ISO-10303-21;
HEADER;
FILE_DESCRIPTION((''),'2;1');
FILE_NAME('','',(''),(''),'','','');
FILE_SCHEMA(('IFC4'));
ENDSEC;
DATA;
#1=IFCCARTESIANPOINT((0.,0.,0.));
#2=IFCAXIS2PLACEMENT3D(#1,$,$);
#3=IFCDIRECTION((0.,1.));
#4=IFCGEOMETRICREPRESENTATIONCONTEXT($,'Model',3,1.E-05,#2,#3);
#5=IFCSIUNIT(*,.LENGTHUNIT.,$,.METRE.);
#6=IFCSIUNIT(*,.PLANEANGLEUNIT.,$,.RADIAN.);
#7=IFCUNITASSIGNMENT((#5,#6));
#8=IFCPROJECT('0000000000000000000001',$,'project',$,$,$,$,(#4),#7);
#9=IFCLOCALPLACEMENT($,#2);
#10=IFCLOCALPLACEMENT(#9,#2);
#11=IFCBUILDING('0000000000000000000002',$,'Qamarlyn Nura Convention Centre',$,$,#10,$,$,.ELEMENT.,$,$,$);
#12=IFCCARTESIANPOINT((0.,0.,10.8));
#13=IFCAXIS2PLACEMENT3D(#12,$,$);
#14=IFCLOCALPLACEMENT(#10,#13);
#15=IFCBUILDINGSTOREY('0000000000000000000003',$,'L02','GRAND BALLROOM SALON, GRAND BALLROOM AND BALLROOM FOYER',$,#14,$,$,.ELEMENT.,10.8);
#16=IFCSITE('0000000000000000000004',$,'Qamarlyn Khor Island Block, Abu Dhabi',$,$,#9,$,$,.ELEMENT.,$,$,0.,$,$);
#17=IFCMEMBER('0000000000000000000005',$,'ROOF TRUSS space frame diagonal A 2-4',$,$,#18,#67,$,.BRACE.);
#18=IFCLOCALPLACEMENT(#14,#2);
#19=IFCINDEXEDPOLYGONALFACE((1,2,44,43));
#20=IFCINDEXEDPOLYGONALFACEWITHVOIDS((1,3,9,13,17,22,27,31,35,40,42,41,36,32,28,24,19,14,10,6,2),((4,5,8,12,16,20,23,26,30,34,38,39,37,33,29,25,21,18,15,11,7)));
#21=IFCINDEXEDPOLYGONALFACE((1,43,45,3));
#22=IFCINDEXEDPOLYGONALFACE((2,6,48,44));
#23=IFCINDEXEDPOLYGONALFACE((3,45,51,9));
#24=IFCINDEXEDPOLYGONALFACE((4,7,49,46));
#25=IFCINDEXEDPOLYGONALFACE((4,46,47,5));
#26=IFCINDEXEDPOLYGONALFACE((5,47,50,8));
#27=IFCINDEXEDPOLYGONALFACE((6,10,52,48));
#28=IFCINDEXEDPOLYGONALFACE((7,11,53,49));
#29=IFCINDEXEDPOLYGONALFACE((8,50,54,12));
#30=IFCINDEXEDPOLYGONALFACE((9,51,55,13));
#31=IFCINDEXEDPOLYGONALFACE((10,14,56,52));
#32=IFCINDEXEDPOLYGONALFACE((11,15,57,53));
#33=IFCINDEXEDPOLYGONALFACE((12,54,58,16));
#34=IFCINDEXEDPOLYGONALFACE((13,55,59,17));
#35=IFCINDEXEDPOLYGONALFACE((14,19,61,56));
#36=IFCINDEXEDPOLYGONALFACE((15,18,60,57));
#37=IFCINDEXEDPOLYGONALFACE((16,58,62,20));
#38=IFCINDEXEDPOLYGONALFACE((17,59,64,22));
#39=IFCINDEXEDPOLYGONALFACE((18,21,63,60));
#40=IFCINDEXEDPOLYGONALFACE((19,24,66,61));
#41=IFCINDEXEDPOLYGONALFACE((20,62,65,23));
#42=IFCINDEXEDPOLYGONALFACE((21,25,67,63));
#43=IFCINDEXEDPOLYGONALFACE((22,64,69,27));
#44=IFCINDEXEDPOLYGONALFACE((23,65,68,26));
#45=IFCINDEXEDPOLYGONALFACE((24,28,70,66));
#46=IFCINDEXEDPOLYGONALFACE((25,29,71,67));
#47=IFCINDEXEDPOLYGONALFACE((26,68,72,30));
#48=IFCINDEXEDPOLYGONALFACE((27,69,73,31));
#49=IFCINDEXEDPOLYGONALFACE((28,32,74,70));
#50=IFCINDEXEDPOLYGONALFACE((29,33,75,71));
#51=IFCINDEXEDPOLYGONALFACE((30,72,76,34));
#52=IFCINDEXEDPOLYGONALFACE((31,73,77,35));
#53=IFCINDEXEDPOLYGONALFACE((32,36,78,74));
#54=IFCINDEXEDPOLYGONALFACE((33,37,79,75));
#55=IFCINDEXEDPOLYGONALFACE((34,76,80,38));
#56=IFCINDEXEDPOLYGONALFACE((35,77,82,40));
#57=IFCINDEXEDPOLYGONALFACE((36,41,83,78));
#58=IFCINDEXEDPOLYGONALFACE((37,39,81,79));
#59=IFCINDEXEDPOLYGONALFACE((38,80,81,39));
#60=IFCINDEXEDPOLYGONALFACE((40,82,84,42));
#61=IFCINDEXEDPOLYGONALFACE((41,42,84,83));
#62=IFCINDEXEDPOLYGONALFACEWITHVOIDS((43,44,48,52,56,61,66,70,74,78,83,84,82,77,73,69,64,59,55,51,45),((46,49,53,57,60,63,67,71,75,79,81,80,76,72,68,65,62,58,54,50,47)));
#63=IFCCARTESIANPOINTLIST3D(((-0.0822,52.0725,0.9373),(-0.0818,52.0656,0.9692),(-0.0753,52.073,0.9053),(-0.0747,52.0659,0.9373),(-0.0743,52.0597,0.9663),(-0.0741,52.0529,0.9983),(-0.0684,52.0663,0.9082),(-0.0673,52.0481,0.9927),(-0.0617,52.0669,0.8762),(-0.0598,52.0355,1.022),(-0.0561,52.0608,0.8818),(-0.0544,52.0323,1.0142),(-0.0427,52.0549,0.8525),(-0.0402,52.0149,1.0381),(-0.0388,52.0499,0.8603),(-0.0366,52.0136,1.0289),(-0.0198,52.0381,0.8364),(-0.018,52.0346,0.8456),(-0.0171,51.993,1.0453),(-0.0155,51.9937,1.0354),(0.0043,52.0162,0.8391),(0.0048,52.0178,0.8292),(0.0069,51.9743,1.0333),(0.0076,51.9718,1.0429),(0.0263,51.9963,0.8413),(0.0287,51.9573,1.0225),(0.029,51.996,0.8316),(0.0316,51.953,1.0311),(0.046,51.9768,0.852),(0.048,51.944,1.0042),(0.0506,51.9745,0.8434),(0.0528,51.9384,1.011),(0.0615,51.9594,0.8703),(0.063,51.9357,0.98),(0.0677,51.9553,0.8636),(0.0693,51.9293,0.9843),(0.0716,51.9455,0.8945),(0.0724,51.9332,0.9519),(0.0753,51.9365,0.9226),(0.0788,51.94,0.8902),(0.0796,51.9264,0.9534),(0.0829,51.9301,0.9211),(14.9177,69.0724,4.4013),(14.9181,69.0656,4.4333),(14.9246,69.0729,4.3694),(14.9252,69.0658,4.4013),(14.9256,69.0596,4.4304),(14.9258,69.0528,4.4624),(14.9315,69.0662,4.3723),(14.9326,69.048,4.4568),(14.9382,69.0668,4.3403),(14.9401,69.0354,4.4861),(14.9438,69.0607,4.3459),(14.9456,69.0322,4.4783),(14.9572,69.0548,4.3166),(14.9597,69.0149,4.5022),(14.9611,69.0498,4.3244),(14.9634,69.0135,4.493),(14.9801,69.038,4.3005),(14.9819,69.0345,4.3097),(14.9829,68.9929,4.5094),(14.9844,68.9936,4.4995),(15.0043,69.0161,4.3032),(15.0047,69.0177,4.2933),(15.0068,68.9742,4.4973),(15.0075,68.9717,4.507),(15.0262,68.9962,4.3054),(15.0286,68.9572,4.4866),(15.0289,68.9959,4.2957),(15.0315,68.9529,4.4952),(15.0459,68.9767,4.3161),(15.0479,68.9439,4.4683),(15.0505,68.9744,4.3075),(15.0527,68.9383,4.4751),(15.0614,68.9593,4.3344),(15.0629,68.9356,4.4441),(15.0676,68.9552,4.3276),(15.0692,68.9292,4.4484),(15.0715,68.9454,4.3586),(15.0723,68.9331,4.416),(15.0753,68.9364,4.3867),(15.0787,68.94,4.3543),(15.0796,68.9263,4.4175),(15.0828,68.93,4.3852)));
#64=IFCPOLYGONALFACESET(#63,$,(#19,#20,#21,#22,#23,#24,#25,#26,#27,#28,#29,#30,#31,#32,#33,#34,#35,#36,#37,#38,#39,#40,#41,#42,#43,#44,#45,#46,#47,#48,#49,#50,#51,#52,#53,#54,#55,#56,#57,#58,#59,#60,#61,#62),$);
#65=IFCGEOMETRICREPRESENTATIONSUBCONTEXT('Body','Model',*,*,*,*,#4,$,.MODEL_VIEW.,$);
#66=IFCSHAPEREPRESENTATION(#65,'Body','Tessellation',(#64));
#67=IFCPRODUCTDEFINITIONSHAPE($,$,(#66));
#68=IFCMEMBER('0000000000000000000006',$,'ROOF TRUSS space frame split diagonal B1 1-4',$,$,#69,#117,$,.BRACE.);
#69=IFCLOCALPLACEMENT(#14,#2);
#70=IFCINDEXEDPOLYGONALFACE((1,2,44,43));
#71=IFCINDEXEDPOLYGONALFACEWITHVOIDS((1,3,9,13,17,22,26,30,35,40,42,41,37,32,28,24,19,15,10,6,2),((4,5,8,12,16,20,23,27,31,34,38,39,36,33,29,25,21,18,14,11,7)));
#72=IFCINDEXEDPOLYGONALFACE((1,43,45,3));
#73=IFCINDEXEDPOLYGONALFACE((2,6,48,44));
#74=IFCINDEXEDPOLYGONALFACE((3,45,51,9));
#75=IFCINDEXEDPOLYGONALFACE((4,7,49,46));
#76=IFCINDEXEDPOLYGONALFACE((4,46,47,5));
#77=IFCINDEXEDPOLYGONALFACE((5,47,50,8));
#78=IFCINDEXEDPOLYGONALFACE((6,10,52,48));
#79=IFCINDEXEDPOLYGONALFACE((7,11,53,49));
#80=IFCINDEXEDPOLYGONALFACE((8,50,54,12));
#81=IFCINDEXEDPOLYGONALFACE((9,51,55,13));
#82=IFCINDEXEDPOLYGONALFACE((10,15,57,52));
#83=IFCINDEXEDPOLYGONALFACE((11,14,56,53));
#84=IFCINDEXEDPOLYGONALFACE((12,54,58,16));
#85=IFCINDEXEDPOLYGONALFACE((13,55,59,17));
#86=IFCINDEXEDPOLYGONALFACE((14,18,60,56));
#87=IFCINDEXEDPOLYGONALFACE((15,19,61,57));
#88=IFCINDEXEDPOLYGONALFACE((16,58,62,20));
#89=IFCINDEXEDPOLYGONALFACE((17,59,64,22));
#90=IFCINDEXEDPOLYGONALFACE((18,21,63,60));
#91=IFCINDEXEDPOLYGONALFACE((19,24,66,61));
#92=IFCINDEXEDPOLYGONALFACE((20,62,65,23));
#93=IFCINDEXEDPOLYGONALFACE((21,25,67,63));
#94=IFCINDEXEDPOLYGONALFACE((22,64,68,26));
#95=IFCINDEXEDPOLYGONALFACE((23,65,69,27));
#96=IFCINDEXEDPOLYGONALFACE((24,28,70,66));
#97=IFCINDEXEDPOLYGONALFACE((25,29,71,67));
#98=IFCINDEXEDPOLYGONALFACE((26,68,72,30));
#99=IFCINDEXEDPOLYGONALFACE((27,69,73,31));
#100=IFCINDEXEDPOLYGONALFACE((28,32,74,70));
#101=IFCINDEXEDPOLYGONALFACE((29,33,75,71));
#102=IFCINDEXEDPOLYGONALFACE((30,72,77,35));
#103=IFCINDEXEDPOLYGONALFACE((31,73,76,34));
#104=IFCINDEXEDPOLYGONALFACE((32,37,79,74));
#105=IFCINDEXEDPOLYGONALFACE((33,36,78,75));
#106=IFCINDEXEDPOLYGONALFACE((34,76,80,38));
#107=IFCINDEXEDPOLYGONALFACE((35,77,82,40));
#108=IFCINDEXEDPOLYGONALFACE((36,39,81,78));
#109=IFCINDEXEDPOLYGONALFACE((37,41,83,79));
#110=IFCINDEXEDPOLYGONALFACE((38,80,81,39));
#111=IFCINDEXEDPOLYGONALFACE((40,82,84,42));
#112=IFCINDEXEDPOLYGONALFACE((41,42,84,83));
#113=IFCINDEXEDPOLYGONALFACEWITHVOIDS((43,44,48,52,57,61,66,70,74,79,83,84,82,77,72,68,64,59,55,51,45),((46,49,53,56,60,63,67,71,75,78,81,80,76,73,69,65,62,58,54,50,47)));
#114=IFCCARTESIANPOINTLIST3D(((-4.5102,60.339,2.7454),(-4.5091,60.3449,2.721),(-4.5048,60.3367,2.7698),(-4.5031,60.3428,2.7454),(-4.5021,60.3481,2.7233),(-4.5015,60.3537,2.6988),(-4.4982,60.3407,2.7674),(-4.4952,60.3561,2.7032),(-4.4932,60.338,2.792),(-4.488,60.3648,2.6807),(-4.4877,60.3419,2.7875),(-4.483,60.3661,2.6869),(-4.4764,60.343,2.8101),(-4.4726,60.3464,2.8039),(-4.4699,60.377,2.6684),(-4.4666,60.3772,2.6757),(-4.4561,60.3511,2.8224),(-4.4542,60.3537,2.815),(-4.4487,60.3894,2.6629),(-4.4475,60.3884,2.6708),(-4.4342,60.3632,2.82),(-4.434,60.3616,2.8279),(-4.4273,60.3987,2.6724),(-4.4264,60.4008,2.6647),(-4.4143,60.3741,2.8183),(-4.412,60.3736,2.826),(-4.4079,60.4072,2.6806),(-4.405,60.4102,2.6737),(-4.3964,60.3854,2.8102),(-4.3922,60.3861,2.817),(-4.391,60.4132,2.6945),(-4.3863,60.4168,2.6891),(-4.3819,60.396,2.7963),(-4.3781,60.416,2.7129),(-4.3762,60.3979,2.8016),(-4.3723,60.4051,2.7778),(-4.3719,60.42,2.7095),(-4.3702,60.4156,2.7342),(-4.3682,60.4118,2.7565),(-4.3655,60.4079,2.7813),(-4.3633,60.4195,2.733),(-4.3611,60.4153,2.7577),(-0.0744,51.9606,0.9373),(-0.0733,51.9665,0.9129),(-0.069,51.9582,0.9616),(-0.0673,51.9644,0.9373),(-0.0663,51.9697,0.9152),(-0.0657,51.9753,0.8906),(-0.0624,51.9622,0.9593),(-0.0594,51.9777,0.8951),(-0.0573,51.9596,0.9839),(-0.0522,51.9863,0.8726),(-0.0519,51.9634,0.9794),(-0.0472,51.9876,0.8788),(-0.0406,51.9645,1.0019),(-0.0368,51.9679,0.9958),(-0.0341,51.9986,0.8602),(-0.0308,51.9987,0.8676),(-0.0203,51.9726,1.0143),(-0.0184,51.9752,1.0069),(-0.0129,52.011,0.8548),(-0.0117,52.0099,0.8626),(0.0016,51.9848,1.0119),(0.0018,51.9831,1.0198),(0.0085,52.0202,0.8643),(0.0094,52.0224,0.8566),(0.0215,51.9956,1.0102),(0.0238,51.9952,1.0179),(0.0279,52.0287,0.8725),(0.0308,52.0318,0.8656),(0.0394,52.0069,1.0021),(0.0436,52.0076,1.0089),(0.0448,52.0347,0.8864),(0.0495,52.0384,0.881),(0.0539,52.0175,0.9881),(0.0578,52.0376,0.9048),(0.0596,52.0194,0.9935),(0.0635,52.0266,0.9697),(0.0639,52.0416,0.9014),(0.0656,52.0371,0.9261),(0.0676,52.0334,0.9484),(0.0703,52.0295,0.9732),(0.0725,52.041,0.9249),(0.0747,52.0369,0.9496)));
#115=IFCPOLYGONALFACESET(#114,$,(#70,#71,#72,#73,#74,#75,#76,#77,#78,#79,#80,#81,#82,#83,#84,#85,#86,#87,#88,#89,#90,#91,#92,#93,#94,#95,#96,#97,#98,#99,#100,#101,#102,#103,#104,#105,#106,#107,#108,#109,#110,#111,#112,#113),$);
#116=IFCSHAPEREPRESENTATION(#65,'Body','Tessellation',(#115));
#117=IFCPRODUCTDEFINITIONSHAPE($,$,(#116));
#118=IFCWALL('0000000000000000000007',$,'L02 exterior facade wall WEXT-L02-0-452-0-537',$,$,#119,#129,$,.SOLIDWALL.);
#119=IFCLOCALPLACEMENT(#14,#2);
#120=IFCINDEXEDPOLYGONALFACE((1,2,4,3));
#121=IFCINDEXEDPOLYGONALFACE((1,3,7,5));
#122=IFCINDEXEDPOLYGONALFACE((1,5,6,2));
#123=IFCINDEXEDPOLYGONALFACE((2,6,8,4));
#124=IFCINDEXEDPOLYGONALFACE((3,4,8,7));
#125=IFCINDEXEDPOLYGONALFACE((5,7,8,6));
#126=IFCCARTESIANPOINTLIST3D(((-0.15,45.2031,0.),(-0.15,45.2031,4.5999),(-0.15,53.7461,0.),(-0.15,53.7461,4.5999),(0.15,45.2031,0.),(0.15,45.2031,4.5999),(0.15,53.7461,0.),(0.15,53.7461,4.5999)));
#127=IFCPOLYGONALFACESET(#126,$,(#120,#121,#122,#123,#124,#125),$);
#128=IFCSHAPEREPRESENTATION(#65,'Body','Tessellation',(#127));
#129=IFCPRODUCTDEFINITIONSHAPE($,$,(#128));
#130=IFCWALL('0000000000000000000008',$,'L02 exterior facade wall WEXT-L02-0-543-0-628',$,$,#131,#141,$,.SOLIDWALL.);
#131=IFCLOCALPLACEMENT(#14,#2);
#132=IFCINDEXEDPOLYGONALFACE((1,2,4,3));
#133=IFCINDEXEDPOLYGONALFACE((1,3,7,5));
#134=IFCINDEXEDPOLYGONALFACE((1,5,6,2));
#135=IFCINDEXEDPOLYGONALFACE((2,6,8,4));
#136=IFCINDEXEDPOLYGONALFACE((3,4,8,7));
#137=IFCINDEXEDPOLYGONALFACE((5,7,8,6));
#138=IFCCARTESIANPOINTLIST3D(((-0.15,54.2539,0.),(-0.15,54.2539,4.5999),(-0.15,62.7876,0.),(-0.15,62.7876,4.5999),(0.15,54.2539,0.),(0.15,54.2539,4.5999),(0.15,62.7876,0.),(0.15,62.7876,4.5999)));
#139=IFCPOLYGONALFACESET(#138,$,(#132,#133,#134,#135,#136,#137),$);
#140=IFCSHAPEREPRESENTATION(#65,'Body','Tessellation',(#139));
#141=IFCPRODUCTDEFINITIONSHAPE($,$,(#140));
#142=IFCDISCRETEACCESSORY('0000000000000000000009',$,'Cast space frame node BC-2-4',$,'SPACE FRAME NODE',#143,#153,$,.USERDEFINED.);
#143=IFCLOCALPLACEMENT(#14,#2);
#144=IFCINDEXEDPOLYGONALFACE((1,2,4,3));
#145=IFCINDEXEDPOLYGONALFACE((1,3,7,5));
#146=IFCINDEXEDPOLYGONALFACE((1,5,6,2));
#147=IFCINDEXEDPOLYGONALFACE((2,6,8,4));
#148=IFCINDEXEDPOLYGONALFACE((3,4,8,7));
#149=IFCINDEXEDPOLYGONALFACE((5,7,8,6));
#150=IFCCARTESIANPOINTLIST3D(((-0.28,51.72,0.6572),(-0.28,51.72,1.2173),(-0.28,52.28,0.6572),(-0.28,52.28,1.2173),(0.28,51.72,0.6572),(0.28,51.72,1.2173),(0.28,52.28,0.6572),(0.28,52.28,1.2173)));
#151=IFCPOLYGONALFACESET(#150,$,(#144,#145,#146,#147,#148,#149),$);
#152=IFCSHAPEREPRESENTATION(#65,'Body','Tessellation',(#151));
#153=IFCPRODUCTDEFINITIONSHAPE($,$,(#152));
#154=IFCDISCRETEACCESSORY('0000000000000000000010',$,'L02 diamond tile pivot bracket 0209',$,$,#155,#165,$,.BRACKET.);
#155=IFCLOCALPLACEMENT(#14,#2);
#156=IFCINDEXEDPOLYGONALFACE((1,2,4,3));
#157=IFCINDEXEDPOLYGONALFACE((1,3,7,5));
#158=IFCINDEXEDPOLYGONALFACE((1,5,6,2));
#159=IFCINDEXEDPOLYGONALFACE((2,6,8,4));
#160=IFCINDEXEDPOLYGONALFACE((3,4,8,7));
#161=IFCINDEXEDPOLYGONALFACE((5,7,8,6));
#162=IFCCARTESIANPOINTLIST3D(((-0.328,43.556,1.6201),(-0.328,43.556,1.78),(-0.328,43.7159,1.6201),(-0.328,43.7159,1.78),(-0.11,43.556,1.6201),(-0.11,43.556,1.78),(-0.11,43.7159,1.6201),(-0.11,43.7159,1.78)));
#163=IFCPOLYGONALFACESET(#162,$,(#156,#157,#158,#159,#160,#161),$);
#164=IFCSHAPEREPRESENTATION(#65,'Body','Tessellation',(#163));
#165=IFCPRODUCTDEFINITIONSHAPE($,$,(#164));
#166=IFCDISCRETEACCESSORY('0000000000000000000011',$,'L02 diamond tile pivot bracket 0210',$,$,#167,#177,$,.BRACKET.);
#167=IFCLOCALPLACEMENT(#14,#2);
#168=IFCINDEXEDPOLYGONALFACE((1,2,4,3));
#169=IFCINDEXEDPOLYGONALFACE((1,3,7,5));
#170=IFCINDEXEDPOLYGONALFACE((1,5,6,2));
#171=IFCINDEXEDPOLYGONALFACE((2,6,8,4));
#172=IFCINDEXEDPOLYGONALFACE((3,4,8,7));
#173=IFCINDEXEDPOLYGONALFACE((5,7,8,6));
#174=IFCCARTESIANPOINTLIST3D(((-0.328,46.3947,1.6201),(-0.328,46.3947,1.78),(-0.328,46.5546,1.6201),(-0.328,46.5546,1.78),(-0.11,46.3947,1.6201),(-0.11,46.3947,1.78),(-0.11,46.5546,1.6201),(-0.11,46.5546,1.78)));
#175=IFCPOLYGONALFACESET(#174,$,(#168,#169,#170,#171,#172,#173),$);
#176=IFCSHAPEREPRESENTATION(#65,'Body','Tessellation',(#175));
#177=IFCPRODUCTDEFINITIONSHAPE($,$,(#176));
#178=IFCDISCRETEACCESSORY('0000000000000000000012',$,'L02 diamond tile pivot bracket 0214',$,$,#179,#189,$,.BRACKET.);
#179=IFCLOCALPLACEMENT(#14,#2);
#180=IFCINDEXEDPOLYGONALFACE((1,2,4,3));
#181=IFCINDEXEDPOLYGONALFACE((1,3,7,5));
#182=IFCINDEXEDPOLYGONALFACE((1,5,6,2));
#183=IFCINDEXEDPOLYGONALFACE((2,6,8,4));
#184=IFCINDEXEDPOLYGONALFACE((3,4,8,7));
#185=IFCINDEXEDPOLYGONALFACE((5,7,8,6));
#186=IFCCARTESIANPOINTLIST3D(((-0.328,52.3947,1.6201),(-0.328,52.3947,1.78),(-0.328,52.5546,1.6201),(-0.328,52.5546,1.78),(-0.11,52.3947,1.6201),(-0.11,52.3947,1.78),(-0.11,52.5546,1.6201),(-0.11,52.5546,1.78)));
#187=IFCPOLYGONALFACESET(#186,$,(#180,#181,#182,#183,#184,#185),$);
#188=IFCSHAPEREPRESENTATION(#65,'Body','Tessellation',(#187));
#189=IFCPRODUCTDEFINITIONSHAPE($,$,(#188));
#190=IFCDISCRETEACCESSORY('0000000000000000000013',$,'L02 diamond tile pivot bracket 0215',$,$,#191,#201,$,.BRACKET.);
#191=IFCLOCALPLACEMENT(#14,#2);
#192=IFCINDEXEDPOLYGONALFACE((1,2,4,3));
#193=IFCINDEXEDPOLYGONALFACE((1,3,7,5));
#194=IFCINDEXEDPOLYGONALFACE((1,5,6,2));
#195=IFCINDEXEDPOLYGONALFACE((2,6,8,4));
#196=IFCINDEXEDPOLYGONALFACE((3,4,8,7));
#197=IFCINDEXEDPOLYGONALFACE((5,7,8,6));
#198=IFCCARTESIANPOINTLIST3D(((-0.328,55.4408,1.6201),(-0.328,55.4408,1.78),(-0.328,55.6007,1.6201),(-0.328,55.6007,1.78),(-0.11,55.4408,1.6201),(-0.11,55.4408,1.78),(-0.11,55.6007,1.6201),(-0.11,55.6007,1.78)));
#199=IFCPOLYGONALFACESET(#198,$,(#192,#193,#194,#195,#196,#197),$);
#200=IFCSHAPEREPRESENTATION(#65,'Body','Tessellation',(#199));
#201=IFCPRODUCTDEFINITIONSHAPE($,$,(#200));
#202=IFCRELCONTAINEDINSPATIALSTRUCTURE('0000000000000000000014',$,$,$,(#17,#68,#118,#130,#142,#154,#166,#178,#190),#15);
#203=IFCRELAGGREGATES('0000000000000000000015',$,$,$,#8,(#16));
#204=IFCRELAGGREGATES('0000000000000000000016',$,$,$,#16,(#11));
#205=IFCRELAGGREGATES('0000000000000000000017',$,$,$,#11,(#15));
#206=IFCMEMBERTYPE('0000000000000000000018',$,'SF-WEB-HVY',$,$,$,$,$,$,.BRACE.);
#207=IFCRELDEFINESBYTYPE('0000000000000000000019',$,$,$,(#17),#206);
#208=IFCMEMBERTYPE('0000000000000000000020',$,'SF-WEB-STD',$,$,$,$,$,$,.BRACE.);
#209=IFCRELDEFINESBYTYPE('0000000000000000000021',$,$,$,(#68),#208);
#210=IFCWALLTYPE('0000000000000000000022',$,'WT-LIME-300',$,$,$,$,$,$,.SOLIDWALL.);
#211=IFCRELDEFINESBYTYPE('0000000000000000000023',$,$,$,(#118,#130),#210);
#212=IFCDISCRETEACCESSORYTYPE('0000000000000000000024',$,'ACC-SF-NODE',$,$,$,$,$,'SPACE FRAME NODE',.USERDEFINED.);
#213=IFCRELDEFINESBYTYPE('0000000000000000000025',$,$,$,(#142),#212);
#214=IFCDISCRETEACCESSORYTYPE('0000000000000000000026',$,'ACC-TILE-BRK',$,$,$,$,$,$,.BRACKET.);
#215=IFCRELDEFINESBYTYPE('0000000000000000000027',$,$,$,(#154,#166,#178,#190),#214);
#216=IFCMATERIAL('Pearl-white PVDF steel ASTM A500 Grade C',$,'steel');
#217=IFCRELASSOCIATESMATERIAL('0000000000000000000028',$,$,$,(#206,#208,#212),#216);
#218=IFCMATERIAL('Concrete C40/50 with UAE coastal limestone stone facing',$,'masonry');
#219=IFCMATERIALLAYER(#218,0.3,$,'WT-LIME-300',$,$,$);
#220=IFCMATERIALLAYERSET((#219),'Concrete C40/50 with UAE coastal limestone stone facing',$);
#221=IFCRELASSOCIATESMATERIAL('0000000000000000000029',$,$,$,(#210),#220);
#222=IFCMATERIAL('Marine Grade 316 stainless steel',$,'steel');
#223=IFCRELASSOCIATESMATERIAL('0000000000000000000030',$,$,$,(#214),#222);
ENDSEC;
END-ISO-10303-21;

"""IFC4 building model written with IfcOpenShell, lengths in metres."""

from ifc_helpers import new_model, si_unit, direction, frame, frame_2d, origin, origin_2d, place, context, subcontext, project, spatial, rectangle, hollow_circle, extrude, material, layer, layer_set, material_profile, profile_set, type_object, element, save


model = new_model("IFC4")

# Units and contexts
model_context = context("Model", 3, precision=1e-05, world=origin(), true_north=direction((0.0, 1.0)))
body_context = subcontext(model_context, "Body", "Model", "MODEL_VIEW")
ifc_project = project(units=[si_unit("LENGTHUNIT", "METRE"), si_unit("PLANEANGLEUNIT", "RADIAN")], contexts=[model_context])

# Site, building, storey
site_placement = place(None, origin())
site = spatial("IfcSite", under=ifc_project, at=site_placement, Name="Qamarlyn Khor Island Block, Abu Dhabi", CompositionType="ELEMENT", RefElevation=0.0)
building_placement = place(site_placement, origin())
building = spatial("IfcBuilding", under=site, at=building_placement, Name="Qamarlyn Nura Convention Centre", CompositionType="ELEMENT")
storey_placement = place(building_placement, frame((0.0, 0.0, 10.8)))
storey = spatial("IfcBuildingStorey", under=building, at=storey_placement, Name="L02", Description="GRAND BALLROOM SALON, GRAND BALLROOM AND BALLROOM FOYER", CompositionType="ELEMENT", Elevation=10.8)

# Shared definitions
ifc_material_1 = material(Name="Pearl-white PVDF steel ASTM A500 Grade C", Category="steel")

# Members
ifc_material_profile_1 = material_profile(ifc_material_1, hollow_circle(Radius=0.1096, WallThickness=0.01, at=origin_2d()), Name="CHS219.1X10")
ifc_profile_set_1 = profile_set([ifc_material_profile_1], Name="Pearl-white PVDF steel ASTM A500 Grade C")
member_type_1 = type_object("IfcMemberType", Name="SF-WEB-HVY", PredefinedType="BRACE", material=ifc_profile_set_1)
member_1_placement = place(storey_placement, frame((0.0, 52.0, 0.9373), z_axis=(0.654031, 0.741235, 0.151042), x_axis=(-0.749838, 0.661622, 0.0)))
element("IfcMember", 1, at=member_1_placement, inside=storey, type_object=member_type_1, Name="ROOF TRUSS space frame diagonal A 2-4", PredefinedType="BRACE", context=body_context, shape_type="SweptSolid", body=[
    extrude(hollow_circle(Radius=0.1096, WallThickness=0.01, at=origin_2d()), origin(), (0.0, 0.0, 1.0), 22.9346),
])
ifc_material_profile_2 = material_profile(ifc_material_1, hollow_circle(Radius=0.0842, WallThickness=0.0081, at=origin_2d()), Name="CHS168.3X8")
ifc_profile_set_2 = profile_set([ifc_material_profile_2], Name="Pearl-white PVDF steel ASTM A500 Grade C")
member_type_2 = type_object("IfcMemberType", Name="SF-WEB-STD", PredefinedType="BRACE", material=ifc_profile_set_2)
member_2_placement = place(storey_placement, frame((0.0, 52.0, 0.9373), z_axis=(-0.459616, 0.868133, 0.187347), x_axis=(-0.883781, -0.467901, 0.0)))
element("IfcMember", 2, at=member_2_placement, inside=storey, type_object=member_type_2, Name="ROOF TRUSS space frame split diagonal B1 1-4", PredefinedType="BRACE", context=body_context, shape_type="SweptSolid", body=[
    extrude(hollow_circle(Radius=0.0842, WallThickness=0.0081, at=origin_2d()), origin(), (0.0, 0.0, 1.0), 9.6511),
])

# Walls
ifc_material_2 = material(Name="Concrete C40/50 with UAE coastal limestone stone facing", Category="masonry")
ifc_layer = layer(ifc_material_2, 0.3, Name="WT-LIME-300")
ifc_layer_set = layer_set([ifc_layer], Name="Concrete C40/50 with UAE coastal limestone stone facing")
wall_type = type_object("IfcWallType", Name="WT-LIME-300", PredefinedType="SOLIDWALL", material=ifc_layer_set)
wall_1_placement = place(storey_placement, frame((0.0, 45.2031, 0.0), z_axis=(0.0, 0.0, 1.0), x_axis=(0.0, 1.0, 0.0)))
element("IfcWall", 3, at=wall_1_placement, inside=storey, type_object=wall_type, Name="L02 exterior facade wall WEXT-L02-0-452-0-537", PredefinedType="SOLIDWALL", context=body_context, shape_type="SweptSolid", body=[
    extrude(rectangle(XDim=8.543, YDim=0.3, at=frame_2d((4.2715, 0.0))), origin(), (0.0, 0.0, 1.0), 4.5999),
])
wall_2_placement = place(storey_placement, frame((0.0, 54.2539, 0.0), z_axis=(0.0, 0.0, 1.0), x_axis=(0.0, 1.0, 0.0)))
element("IfcWall", 4, at=wall_2_placement, inside=storey, type_object=wall_type, Name="L02 exterior facade wall WEXT-L02-0-543-0-628", PredefinedType="SOLIDWALL", context=body_context, shape_type="SweptSolid", body=[
    extrude(rectangle(XDim=8.5337, YDim=0.3, at=frame_2d((4.2668, 0.0))), origin(), (0.0, 0.0, 1.0), 4.5999),
])

# Discrete accessories
discrete_accessory_type_1 = type_object("IfcDiscreteAccessoryType", Name="ACC-SF-NODE", ElementType="SPACE FRAME NODE", PredefinedType="USERDEFINED", material=ifc_material_1)
discrete_accessory_1_placement = place(storey_placement, frame((0.0, 52.0, 0.6572), z_axis=(0.0, 0.0, 1.0), x_axis=(1.0, 0.0, 0.0)))
element("IfcDiscreteAccessory", 5, at=discrete_accessory_1_placement, inside=storey, type_object=discrete_accessory_type_1, Name="Cast space frame node BC-2-4", ObjectType="SPACE FRAME NODE", PredefinedType="USERDEFINED", context=body_context, shape_type="SweptSolid", body=[
    extrude(rectangle(XDim=0.5601, YDim=0.5601, at=origin_2d()), origin(), (0.0, 0.0, 1.0), 0.5601),
])
ifc_material_3 = material(Name="Marine Grade 316 stainless steel", Category="steel")
discrete_accessory_type_2 = type_object("IfcDiscreteAccessoryType", Name="ACC-TILE-BRK", PredefinedType="BRACKET", material=ifc_material_3)
for number, where, z_axis, x_axis, name in (
    (6, (-0.219, 43.636, 1.6201), (0.0, 0.0, 1.0), (-1.0, 0.0, 0.0), "L02 diamond tile pivot bracket 0209"),
    (7, (-0.219, 46.4746, 1.6201), (0.0, 0.0, 1.0), (-1.0, 0.0, 0.0), "L02 diamond tile pivot bracket 0210"),
    (8, (-0.219, 52.4746, 1.6201), (0.0, 0.0, 1.0), (-1.0, 0.0, 0.0), "L02 diamond tile pivot bracket 0214"),
    (9, (-0.219, 55.5208, 1.6201), (0.0, 0.0, 1.0), (-1.0, 0.0, 0.0), "L02 diamond tile pivot bracket 0215"),
):
    element("IfcDiscreteAccessory", number, at=place(storey_placement, frame(where, z_axis=z_axis, x_axis=x_axis)), inside=storey, type_object=discrete_accessory_type_2, Name=name, PredefinedType="BRACKET", context=body_context, shape_type="SweptSolid", body=[
        extrude(rectangle(XDim=0.218, YDim=0.1599, at=origin_2d()), origin(), (0.0, 0.0, 1.0), 0.1599),
    ])

save(model, "model.ifc")
